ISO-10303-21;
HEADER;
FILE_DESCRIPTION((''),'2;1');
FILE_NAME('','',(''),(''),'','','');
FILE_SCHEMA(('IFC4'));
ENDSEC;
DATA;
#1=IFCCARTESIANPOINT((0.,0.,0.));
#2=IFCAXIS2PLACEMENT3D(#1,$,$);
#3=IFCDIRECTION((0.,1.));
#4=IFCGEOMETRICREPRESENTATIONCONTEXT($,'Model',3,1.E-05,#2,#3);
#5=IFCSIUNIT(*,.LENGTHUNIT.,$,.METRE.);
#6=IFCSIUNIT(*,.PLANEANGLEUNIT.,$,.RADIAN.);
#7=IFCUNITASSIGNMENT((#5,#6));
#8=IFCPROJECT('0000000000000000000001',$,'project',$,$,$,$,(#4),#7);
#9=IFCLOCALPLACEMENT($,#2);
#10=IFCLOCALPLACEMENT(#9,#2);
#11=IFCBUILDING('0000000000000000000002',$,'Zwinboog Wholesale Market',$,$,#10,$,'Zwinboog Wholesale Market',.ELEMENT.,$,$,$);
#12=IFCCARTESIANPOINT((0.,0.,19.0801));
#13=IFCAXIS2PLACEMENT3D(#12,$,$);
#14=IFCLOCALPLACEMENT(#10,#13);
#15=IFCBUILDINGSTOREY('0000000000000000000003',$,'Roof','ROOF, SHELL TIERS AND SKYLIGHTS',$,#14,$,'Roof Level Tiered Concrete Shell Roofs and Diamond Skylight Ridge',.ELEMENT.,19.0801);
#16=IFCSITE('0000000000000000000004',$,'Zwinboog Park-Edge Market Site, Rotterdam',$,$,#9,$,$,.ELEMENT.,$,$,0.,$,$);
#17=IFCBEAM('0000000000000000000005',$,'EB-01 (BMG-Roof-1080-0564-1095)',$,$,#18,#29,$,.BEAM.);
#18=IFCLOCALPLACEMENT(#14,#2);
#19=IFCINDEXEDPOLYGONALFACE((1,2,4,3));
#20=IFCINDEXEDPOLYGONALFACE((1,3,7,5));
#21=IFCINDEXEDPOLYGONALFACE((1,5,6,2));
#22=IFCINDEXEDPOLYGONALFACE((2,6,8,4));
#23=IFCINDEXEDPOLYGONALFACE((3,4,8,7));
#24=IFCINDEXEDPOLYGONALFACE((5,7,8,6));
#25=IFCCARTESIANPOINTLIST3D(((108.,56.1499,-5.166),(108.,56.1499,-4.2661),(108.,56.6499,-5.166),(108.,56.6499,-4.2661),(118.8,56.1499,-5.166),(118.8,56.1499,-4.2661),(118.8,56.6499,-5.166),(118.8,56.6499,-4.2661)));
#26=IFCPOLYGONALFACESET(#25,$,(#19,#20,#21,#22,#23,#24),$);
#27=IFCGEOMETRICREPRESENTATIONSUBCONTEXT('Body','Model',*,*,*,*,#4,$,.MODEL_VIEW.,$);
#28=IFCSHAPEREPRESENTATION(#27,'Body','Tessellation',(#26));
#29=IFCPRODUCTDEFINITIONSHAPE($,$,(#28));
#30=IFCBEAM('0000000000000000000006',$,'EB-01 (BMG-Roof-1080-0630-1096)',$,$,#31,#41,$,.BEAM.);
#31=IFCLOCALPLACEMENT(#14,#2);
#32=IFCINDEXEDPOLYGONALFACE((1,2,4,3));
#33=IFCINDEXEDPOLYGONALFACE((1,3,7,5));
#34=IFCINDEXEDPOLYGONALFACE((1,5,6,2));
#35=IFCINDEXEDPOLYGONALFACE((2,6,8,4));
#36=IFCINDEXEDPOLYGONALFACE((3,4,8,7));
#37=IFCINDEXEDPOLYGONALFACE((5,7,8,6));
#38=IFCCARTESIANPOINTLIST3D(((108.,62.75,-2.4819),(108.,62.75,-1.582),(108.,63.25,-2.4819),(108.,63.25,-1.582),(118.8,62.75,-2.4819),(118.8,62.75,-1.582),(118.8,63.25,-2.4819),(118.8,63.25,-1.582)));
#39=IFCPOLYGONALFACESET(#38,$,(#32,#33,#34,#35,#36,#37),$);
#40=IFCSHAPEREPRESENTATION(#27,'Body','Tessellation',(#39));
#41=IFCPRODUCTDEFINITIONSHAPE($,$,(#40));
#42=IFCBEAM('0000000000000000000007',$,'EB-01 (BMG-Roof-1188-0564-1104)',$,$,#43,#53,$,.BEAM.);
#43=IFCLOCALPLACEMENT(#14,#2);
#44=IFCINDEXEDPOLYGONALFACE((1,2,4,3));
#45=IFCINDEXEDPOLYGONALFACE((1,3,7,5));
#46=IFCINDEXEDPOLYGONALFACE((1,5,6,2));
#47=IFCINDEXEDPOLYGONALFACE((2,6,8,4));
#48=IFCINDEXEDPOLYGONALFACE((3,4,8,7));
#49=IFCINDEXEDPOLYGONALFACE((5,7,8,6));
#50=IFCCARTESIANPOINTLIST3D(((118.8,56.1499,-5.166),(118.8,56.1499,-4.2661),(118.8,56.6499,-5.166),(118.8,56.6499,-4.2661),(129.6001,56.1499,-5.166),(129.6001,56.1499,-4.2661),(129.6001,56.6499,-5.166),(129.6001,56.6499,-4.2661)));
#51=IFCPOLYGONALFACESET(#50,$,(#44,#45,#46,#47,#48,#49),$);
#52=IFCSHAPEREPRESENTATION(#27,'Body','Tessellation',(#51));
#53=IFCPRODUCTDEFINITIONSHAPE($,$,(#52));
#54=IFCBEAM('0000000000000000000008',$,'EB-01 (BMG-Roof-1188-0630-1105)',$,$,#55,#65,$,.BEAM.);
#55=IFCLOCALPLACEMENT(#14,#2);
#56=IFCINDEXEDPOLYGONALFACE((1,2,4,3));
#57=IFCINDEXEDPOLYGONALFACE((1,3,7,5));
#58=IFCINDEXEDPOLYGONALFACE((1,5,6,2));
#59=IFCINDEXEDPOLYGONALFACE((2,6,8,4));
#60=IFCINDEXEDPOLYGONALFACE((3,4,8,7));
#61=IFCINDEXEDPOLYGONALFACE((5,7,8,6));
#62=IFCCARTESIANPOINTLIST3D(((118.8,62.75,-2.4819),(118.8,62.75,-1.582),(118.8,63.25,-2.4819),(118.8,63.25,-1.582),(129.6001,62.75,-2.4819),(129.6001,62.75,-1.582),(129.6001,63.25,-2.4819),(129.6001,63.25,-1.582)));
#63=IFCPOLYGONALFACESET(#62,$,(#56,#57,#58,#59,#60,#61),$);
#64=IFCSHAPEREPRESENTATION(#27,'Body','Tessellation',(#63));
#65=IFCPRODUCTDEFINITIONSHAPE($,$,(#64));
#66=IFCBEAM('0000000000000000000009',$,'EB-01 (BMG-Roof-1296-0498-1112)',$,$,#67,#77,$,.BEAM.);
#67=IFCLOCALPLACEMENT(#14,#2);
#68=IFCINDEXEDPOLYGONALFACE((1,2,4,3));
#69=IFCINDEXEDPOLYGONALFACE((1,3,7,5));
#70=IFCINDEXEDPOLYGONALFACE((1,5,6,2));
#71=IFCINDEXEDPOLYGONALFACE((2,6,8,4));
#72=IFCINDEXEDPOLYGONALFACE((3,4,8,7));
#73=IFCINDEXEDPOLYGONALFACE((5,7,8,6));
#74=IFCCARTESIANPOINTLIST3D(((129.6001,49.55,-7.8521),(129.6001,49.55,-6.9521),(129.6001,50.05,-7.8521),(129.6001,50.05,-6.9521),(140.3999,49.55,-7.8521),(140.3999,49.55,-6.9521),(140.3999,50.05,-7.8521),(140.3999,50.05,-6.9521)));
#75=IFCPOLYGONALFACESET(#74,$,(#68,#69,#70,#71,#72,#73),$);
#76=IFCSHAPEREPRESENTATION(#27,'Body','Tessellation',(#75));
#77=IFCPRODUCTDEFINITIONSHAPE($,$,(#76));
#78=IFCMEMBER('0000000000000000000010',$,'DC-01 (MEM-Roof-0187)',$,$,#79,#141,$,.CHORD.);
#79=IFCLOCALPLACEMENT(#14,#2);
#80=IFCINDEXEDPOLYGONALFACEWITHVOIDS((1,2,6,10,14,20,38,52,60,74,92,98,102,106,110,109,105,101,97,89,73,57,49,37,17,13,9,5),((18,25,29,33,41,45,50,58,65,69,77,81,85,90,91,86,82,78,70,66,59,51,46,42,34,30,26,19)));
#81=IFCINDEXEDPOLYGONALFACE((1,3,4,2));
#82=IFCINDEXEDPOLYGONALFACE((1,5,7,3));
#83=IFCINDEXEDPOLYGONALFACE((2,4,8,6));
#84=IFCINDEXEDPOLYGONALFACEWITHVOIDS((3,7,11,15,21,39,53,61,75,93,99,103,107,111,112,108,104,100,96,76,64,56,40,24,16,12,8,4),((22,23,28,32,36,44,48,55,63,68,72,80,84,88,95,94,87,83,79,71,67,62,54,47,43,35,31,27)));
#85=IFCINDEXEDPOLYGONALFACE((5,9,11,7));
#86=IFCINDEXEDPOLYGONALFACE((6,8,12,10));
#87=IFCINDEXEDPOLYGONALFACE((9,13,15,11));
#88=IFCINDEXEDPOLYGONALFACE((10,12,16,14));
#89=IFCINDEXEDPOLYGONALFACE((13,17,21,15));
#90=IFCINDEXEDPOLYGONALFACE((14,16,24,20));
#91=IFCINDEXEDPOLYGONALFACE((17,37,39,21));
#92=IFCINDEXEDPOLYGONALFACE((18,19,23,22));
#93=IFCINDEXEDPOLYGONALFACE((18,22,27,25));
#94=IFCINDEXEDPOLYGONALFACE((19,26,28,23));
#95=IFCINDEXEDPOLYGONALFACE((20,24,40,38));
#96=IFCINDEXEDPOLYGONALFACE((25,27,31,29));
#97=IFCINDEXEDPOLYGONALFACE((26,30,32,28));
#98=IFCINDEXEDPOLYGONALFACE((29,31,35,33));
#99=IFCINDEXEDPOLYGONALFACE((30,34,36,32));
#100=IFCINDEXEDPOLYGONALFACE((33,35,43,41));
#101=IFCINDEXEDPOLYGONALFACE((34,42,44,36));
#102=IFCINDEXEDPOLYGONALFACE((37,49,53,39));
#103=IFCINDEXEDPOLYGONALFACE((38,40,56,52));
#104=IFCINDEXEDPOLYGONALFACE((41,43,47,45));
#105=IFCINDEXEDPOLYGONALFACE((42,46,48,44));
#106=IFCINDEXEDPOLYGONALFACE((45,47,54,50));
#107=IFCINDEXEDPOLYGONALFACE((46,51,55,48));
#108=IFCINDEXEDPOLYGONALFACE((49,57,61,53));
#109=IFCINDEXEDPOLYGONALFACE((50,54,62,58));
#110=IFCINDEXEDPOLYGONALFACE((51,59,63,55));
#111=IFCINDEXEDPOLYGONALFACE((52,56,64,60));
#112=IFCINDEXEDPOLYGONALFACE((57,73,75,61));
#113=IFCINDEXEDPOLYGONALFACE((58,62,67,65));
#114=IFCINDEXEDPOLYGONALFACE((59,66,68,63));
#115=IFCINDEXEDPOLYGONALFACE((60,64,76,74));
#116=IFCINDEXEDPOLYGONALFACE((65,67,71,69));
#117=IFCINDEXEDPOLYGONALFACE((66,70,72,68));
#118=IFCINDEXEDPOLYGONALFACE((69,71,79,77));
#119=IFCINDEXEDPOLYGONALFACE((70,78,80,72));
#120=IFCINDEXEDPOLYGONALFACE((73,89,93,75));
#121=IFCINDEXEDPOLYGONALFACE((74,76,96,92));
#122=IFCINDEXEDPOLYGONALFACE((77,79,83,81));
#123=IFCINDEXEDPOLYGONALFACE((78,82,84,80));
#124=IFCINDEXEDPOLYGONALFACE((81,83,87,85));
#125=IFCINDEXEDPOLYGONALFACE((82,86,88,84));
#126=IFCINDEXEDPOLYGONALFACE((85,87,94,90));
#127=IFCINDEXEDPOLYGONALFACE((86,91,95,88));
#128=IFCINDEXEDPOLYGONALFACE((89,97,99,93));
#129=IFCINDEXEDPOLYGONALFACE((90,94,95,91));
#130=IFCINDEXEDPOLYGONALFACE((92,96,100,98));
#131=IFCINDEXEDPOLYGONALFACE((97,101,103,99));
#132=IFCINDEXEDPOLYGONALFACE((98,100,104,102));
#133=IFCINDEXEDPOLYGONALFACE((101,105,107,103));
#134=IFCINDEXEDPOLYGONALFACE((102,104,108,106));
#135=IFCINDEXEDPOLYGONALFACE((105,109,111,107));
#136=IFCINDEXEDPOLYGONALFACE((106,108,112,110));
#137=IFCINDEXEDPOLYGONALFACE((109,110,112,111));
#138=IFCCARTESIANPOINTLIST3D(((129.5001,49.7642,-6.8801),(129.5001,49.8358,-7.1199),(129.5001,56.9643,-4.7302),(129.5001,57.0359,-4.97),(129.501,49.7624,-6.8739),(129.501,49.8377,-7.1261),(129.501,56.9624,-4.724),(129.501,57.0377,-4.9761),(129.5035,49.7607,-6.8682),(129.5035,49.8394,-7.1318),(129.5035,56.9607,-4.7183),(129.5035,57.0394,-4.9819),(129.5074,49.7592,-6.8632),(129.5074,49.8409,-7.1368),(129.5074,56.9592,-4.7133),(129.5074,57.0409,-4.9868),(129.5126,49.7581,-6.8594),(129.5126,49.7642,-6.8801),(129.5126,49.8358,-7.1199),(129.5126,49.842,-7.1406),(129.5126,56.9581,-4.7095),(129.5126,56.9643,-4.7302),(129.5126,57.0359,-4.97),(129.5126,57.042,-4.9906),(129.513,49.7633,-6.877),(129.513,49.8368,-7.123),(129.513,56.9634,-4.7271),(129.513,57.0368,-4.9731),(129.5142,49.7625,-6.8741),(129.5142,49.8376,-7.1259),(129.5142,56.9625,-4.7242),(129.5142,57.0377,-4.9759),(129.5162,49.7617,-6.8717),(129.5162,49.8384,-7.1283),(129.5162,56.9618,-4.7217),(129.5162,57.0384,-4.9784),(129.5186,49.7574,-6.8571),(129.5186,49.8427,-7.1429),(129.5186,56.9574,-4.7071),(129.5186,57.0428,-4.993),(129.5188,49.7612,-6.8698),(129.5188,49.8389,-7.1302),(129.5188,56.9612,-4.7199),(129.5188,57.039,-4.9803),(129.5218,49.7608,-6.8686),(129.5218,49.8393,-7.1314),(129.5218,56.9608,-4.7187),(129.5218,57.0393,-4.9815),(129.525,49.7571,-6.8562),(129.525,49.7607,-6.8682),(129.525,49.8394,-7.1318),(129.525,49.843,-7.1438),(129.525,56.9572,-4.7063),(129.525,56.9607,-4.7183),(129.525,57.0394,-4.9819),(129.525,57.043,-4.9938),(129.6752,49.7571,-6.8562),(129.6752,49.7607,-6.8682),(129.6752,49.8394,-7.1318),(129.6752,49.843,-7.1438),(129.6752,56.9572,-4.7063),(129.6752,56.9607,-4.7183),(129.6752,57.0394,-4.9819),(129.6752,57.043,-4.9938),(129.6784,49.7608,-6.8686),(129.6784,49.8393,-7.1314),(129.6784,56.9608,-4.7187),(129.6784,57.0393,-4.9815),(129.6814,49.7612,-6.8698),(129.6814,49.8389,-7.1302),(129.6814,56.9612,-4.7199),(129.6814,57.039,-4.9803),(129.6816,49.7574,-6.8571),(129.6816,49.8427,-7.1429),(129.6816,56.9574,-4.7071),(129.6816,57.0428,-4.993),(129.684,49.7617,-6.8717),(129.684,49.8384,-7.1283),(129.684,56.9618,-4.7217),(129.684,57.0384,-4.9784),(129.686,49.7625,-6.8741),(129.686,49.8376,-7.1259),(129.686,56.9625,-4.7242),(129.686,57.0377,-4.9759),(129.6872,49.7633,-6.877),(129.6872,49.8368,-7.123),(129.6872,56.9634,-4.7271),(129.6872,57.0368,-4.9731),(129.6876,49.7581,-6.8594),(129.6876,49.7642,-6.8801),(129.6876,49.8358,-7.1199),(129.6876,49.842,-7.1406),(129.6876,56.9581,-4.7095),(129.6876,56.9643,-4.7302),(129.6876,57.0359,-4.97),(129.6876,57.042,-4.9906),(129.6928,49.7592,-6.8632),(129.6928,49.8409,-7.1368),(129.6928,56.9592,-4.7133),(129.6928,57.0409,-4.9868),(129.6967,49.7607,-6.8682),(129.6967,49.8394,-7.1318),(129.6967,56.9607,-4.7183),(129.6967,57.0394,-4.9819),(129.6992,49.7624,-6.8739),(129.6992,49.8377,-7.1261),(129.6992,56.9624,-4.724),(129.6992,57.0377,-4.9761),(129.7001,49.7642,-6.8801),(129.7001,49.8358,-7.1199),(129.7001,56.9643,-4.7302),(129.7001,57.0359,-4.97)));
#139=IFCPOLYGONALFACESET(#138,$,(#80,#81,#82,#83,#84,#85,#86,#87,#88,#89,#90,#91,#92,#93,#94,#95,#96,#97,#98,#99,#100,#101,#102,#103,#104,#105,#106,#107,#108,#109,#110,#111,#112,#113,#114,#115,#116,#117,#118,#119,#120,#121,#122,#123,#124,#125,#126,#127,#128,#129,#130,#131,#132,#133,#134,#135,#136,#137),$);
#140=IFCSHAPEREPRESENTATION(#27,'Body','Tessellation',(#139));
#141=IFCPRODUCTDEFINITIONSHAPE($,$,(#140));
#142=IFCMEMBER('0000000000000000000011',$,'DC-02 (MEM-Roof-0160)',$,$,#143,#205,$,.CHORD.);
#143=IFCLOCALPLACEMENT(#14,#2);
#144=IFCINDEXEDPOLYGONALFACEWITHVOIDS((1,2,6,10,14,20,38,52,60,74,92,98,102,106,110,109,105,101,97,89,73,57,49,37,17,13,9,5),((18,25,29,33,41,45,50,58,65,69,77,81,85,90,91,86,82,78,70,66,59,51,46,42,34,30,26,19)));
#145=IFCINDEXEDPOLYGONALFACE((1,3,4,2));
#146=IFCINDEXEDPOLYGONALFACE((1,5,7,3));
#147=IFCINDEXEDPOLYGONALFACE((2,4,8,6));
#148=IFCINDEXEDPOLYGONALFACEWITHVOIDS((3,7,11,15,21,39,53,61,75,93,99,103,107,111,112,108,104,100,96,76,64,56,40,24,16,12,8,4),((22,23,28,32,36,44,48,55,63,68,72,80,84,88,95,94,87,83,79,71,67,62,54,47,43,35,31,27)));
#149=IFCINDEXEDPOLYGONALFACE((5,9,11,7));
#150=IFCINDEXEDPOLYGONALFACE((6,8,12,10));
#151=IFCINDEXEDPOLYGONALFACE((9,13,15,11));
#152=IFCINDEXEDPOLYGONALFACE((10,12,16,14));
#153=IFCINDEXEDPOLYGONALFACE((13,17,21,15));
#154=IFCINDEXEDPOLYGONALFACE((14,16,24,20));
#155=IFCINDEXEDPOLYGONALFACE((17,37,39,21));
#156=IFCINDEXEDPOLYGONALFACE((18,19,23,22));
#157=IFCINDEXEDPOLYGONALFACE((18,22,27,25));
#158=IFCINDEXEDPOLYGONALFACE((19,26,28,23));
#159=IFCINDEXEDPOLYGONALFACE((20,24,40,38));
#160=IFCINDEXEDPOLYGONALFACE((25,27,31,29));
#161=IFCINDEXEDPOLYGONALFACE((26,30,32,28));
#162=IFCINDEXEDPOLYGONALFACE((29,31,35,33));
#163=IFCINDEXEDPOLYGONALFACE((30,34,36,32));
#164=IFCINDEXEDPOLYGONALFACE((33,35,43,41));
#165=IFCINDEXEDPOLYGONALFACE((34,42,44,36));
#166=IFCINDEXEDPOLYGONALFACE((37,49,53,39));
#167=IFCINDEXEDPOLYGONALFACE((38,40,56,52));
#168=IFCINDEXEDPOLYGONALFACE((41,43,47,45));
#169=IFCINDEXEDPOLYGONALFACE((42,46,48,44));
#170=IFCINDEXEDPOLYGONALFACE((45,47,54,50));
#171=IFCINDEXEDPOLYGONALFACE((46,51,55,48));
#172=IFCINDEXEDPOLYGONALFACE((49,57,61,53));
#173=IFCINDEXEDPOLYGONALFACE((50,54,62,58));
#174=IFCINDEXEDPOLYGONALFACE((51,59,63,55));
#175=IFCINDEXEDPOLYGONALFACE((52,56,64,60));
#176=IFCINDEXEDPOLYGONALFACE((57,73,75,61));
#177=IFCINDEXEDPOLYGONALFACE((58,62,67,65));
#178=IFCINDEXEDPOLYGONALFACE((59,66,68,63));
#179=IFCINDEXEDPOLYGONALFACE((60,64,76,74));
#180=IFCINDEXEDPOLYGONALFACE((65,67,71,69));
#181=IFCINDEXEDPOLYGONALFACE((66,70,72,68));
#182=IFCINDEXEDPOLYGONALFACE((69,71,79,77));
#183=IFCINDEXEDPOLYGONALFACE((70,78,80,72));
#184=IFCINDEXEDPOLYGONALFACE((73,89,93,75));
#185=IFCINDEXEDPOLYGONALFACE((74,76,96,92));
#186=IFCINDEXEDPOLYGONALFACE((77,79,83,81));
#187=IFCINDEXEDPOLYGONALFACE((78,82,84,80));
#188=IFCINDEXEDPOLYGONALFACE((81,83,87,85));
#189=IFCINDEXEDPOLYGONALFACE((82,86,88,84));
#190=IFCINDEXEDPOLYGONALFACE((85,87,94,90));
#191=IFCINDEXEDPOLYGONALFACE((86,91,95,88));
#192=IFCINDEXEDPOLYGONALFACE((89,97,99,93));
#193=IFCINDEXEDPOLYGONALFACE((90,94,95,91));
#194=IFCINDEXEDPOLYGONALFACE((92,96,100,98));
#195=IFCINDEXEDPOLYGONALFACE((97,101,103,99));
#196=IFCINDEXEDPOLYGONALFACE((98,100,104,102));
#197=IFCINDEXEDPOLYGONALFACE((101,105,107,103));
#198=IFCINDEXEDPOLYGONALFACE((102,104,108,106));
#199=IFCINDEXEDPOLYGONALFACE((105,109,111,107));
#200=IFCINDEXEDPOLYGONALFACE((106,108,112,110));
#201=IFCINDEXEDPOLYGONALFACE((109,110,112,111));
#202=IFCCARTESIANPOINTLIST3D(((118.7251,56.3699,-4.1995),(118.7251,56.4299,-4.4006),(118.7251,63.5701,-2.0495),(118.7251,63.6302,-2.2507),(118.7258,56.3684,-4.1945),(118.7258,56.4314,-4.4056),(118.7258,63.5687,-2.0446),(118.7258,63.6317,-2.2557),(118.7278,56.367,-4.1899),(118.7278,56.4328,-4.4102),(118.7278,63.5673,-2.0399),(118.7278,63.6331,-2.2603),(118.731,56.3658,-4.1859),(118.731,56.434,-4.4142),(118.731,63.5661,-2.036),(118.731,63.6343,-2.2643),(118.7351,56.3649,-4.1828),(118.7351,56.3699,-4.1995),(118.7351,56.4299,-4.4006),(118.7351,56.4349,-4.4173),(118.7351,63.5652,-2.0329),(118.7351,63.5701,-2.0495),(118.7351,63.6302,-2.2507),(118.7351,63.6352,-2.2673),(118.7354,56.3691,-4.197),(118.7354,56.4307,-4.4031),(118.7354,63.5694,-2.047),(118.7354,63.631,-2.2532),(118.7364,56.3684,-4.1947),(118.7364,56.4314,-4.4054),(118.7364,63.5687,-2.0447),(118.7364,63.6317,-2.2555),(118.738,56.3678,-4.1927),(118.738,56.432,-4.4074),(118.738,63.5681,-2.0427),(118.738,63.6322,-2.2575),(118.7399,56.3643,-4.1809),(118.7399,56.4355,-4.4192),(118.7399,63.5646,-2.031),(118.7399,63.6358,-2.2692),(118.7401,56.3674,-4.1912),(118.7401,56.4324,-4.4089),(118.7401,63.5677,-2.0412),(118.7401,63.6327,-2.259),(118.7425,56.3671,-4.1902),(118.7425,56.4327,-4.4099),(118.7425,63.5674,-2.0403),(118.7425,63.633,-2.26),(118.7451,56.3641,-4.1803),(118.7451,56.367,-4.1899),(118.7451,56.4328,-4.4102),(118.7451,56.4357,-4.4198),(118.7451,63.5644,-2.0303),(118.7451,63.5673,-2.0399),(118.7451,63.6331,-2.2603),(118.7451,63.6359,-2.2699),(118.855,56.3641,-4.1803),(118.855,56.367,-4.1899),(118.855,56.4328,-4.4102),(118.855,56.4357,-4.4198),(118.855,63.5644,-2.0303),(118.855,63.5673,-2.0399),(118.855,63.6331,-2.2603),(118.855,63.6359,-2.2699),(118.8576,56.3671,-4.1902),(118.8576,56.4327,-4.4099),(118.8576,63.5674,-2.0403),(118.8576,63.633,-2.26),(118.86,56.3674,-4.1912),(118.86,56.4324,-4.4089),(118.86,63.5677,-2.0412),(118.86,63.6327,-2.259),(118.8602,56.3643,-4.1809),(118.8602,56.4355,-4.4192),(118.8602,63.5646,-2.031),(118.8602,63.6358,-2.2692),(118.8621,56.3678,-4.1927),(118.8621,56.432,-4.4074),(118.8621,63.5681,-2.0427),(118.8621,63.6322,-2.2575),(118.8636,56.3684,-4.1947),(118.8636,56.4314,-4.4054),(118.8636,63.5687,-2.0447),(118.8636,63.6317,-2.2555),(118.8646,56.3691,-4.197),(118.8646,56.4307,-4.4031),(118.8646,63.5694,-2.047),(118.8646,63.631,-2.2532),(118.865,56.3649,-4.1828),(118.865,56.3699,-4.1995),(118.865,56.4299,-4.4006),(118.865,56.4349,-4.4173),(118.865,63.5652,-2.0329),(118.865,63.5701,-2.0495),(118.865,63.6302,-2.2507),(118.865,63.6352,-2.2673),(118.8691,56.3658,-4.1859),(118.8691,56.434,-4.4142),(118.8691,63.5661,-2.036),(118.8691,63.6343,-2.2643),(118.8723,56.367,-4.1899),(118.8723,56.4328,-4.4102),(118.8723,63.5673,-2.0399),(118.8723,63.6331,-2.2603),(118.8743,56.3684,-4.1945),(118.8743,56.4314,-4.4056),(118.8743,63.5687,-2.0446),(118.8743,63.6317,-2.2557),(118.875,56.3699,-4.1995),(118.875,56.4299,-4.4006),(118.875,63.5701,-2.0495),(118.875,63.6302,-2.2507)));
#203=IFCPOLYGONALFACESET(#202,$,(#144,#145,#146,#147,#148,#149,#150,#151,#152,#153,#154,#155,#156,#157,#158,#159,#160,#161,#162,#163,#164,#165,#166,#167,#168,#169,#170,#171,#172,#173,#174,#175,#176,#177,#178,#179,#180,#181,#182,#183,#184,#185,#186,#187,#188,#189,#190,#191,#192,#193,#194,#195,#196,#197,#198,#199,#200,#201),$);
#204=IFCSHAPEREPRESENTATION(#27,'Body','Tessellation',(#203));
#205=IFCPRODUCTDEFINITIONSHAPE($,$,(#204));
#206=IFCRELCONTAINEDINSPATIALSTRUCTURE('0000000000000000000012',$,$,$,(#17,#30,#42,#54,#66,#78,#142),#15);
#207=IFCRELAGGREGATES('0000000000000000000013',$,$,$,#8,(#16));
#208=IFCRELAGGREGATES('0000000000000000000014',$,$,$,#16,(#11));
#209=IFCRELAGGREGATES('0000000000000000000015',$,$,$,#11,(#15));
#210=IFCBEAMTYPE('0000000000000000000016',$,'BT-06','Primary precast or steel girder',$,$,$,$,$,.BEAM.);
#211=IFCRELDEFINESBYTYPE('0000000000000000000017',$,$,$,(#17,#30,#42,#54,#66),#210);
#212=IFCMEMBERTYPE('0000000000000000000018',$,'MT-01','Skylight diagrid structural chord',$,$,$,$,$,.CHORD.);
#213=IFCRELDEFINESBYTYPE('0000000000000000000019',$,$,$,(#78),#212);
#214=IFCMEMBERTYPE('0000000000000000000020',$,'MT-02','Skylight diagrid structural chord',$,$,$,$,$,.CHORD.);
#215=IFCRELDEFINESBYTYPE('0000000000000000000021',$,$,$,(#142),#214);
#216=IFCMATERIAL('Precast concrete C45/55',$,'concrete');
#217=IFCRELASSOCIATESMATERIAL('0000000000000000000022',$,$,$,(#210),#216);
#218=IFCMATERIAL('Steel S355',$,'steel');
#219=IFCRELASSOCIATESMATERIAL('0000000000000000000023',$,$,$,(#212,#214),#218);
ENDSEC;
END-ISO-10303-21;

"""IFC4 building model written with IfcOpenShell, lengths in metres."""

from ifc_helpers import new_model, si_unit, direction, frame, origin, origin_2d, place, context, subcontext, project, spatial, rectangle, hollow_rectangle, extrude, material, material_profile, profile_set, type_object, element, save


model = new_model("IFC4")

# Units and contexts
model_context = context("Model", 3, precision=1e-05, world=origin(), true_north=direction((0.0, 1.0)))
body_context = subcontext(model_context, "Body", "Model", "MODEL_VIEW")
ifc_project = project(units=[si_unit("LENGTHUNIT", "METRE"), si_unit("PLANEANGLEUNIT", "RADIAN")], contexts=[model_context])

# Site, building, storey
site_placement = place(None, origin())
site = spatial("IfcSite", under=ifc_project, at=site_placement, Name="Zwinboog Park-Edge Market Site, Rotterdam", CompositionType="ELEMENT", RefElevation=0.0)
building_placement = place(site_placement, origin())
building = spatial("IfcBuilding", under=site, at=building_placement, Name="Zwinboog Wholesale Market", LongName="Zwinboog Wholesale Market", CompositionType="ELEMENT")
storey_placement = place(building_placement, frame((0.0, 0.0, 19.0801)))
storey = spatial("IfcBuildingStorey", under=building, at=storey_placement, Name="Roof", Description="ROOF, SHELL TIERS AND SKYLIGHTS", LongName="Roof Level Tiered Concrete Shell Roofs and Diamond Skylight Ridge", CompositionType="ELEMENT", Elevation=19.0801)

# Beams
ifc_material_1 = material(Name="Precast concrete C45/55", Category="concrete")
ifc_material_profile_1 = material_profile(ifc_material_1, rectangle(XDim=0.5, YDim=0.8999, at=origin_2d()), Name="PC 500x900")
ifc_profile_set_1 = profile_set([ifc_material_profile_1], Name="Precast concrete C45/55")
beam_type = type_object("IfcBeamType", Name="BT-06", Description="Primary precast or steel girder", PredefinedType="BEAM", material=ifc_profile_set_1)
for number, where, z_axis, x_axis, name in (
    (1, (108.0, 56.3999, -4.7161), (1.0, 0.0, 0.0), (0.0, 1.0, 0.0), "EB-01 (BMG-Roof-1080-0564-1095)"),
    (2, (108.0, 63.0, -2.032), (1.0, 0.0, 0.0), (0.0, 1.0, 0.0), "EB-01 (BMG-Roof-1080-0630-1096)"),
    (3, (118.8, 56.3999, -4.7161), (1.0, 0.0, 0.0), (0.0, 1.0, 0.0), "EB-01 (BMG-Roof-1188-0564-1104)"),
    (4, (118.8, 63.0, -2.032), (1.0, 0.0, 0.0), (0.0, 1.0, 0.0), "EB-01 (BMG-Roof-1188-0630-1105)"),
):
    element("IfcBeam", number, at=place(storey_placement, frame(where, z_axis=z_axis, x_axis=x_axis)), inside=storey, type_object=beam_type, Name=name, PredefinedType="BEAM", context=body_context, shape_type="SweptSolid", body=[
        extrude(rectangle(XDim=0.5, YDim=0.8999, at=origin_2d()), origin(), (0.0, 0.0, 1.0), 10.8),
    ])
beam_placement = place(storey_placement, frame((129.6001, 49.8, -7.4021), z_axis=(1.0, 0.0, 0.0), x_axis=(0.0, 1.0, 0.0)))
element("IfcBeam", 5, at=beam_placement, inside=storey, type_object=beam_type, Name="EB-01 (BMG-Roof-1296-0498-1112)", PredefinedType="BEAM", context=body_context, shape_type="SweptSolid", body=[
    extrude(rectangle(XDim=0.5, YDim=0.8999, at=origin_2d()), origin(), (0.0, 0.0, 1.0), 10.7998),
])

# Members
ifc_material_2 = material(Name="Steel S355", Category="steel")
ifc_material_profile_2 = material_profile(ifc_material_2, hollow_rectangle(XDim=0.2, YDim=0.3, WallThickness=0.0125, InnerFilletRadius=0.0125, OuterFilletRadius=0.0249, at=origin_2d()), Name="RHS 300x200x12.5")
ifc_profile_set_2 = profile_set([ifc_material_profile_2], Name="Steel S355")
member_type_1 = type_object("IfcMemberType", Name="MT-01", Description="Skylight diagrid structural chord", PredefinedType="CHORD", material=ifc_profile_set_2)
member_1_placement = place(storey_placement, frame((129.6001, 49.8, -7.0), z_axis=(0.0, 0.958195, 0.286117), x_axis=(-1.0, 0.0, 0.0)))
element("IfcMember", 6, at=member_1_placement, inside=storey, type_object=member_type_1, Name="DC-01 (MEM-Roof-0187)", PredefinedType="CHORD", context=body_context, shape_type="SweptSolid", body=[
    extrude(hollow_rectangle(XDim=0.2, YDim=0.3, WallThickness=0.0125, InnerFilletRadius=0.0125, OuterFilletRadius=0.0249, at=origin_2d()), origin(), (0.0, 0.0, 1.0), 7.5142),
])
ifc_material_profile_3 = material_profile(ifc_material_2, hollow_rectangle(XDim=0.1499, YDim=0.25, WallThickness=0.01, InnerFilletRadius=0.01, OuterFilletRadius=0.02, at=origin_2d()), Name="RHS 250x150x10")
ifc_profile_set_3 = profile_set([ifc_material_profile_3], Name="Steel S355")
member_type_2 = type_object("IfcMemberType", Name="MT-02", Description="Skylight diagrid structural chord", PredefinedType="CHORD", material=ifc_profile_set_3)
member_2_placement = place(storey_placement, frame((118.8, 56.3999, -4.3), z_axis=(0.0, 0.958197, 0.286108), x_axis=(-1.0, 0.0, 0.0)))
element("IfcMember", 7, at=member_2_placement, inside=storey, type_object=member_type_2, Name="DC-02 (MEM-Roof-0160)", PredefinedType="CHORD", context=body_context, shape_type="SweptSolid", body=[
    extrude(hollow_rectangle(XDim=0.1499, YDim=0.25, WallThickness=0.01, InnerFilletRadius=0.01, OuterFilletRadius=0.02, at=origin_2d()), origin(), (0.0, 0.0, 1.0), 7.5144),
])

save(model, "model.ifc")
